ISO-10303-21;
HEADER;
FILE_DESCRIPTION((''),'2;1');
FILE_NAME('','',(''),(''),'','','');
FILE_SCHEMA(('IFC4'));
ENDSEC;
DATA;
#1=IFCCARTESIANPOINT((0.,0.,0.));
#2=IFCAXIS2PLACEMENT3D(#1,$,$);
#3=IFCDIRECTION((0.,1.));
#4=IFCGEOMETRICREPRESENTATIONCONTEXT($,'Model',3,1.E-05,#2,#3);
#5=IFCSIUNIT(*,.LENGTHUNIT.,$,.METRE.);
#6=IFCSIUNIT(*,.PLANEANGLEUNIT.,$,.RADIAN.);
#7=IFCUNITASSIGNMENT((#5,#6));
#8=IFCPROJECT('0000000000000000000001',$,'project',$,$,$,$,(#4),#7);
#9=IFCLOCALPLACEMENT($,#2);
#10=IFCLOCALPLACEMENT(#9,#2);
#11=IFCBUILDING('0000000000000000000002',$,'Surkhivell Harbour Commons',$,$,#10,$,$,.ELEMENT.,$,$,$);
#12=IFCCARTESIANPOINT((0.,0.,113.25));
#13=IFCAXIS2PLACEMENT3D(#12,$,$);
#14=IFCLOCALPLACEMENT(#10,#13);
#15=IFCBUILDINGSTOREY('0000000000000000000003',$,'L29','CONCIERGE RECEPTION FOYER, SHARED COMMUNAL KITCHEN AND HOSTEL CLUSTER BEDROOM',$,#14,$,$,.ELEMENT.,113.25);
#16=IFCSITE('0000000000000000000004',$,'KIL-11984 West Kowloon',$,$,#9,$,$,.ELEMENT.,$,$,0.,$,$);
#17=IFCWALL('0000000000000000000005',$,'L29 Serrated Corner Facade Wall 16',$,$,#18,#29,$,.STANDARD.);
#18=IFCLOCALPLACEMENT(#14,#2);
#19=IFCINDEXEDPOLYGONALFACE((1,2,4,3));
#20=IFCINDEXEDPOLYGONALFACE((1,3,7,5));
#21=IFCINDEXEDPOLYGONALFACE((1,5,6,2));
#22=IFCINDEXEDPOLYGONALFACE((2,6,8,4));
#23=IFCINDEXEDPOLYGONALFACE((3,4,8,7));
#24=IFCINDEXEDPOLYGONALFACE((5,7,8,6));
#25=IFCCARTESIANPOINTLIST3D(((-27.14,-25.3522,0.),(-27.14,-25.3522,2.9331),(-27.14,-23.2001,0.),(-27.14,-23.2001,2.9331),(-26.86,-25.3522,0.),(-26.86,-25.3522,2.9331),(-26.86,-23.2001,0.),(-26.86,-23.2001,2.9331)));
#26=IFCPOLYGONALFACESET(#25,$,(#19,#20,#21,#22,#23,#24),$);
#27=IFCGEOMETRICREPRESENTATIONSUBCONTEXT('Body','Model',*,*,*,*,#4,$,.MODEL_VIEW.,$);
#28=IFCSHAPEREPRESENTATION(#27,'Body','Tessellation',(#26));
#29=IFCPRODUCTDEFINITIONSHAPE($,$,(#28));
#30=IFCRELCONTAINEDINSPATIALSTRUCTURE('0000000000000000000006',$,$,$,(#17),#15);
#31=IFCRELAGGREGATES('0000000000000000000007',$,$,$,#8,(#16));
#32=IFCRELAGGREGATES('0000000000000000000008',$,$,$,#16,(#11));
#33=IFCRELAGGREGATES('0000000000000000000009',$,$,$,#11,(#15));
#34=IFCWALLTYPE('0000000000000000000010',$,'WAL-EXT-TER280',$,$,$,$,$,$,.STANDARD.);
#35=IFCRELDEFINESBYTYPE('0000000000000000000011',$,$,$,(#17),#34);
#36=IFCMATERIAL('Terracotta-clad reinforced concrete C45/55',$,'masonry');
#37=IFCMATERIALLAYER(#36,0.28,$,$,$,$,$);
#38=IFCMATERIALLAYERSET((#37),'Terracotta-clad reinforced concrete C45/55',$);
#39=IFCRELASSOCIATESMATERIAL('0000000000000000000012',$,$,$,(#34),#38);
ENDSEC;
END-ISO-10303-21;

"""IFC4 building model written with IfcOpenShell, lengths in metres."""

from ifc_helpers import new_model, si_unit, direction, frame, frame_2d, origin, place, context, subcontext, project, spatial, rectangle, extrude, material, layer, layer_set, type_object, element, save


model = new_model("IFC4")

# Units and contexts
model_context = context("Model", 3, precision=1e-05, world=origin(), true_north=direction((0.0, 1.0)))
body_context = subcontext(model_context, "Body", "Model", "MODEL_VIEW")
ifc_project = project(units=[si_unit("LENGTHUNIT", "METRE"), si_unit("PLANEANGLEUNIT", "RADIAN")], contexts=[model_context])

# Site, building, storey
site_placement = place(None, origin())
site = spatial("IfcSite", under=ifc_project, at=site_placement, Name="KIL-11984 West Kowloon", CompositionType="ELEMENT", RefElevation=0.0)
building_placement = place(site_placement, origin())
building = spatial("IfcBuilding", under=site, at=building_placement, Name="Surkhivell Harbour Commons", CompositionType="ELEMENT")
storey_placement = place(building_placement, frame((0.0, 0.0, 113.25)))
storey = spatial("IfcBuildingStorey", under=building, at=storey_placement, Name="L29", Description="CONCIERGE RECEPTION FOYER, SHARED COMMUNAL KITCHEN AND HOSTEL CLUSTER BEDROOM", CompositionType="ELEMENT", Elevation=113.25)

# Wall
ifc_material_1 = material(Name="Terracotta-clad reinforced concrete C45/55", Category="masonry")
ifc_layer_1 = layer(ifc_material_1, 0.28)
ifc_layer_set_1 = layer_set([ifc_layer_1], Name="Terracotta-clad reinforced concrete C45/55")
wall_type = type_object("IfcWallType", Name="WAL-EXT-TER280", PredefinedType="STANDARD", material=ifc_layer_set_1)
wall_1_placement = place(storey_placement, frame((-27.0, -23.2, 0.0), z_axis=(0.0, 0.0, 1.0), x_axis=(0.0, -1.0, 0.0)))
element("IfcWall", 1, at=wall_1_placement, inside=storey, type_object=wall_type, Name="L29 Serrated Corner Facade Wall 16", PredefinedType="STANDARD", context=body_context, shape_type="SweptSolid", body=[
    extrude(rectangle(XDim=2.1521, YDim=0.28, at=frame_2d((1.0762, 0.0))), origin(), (0.0, 0.0, 1.0), 2.9331),
])

save(model, "model.ifc")
